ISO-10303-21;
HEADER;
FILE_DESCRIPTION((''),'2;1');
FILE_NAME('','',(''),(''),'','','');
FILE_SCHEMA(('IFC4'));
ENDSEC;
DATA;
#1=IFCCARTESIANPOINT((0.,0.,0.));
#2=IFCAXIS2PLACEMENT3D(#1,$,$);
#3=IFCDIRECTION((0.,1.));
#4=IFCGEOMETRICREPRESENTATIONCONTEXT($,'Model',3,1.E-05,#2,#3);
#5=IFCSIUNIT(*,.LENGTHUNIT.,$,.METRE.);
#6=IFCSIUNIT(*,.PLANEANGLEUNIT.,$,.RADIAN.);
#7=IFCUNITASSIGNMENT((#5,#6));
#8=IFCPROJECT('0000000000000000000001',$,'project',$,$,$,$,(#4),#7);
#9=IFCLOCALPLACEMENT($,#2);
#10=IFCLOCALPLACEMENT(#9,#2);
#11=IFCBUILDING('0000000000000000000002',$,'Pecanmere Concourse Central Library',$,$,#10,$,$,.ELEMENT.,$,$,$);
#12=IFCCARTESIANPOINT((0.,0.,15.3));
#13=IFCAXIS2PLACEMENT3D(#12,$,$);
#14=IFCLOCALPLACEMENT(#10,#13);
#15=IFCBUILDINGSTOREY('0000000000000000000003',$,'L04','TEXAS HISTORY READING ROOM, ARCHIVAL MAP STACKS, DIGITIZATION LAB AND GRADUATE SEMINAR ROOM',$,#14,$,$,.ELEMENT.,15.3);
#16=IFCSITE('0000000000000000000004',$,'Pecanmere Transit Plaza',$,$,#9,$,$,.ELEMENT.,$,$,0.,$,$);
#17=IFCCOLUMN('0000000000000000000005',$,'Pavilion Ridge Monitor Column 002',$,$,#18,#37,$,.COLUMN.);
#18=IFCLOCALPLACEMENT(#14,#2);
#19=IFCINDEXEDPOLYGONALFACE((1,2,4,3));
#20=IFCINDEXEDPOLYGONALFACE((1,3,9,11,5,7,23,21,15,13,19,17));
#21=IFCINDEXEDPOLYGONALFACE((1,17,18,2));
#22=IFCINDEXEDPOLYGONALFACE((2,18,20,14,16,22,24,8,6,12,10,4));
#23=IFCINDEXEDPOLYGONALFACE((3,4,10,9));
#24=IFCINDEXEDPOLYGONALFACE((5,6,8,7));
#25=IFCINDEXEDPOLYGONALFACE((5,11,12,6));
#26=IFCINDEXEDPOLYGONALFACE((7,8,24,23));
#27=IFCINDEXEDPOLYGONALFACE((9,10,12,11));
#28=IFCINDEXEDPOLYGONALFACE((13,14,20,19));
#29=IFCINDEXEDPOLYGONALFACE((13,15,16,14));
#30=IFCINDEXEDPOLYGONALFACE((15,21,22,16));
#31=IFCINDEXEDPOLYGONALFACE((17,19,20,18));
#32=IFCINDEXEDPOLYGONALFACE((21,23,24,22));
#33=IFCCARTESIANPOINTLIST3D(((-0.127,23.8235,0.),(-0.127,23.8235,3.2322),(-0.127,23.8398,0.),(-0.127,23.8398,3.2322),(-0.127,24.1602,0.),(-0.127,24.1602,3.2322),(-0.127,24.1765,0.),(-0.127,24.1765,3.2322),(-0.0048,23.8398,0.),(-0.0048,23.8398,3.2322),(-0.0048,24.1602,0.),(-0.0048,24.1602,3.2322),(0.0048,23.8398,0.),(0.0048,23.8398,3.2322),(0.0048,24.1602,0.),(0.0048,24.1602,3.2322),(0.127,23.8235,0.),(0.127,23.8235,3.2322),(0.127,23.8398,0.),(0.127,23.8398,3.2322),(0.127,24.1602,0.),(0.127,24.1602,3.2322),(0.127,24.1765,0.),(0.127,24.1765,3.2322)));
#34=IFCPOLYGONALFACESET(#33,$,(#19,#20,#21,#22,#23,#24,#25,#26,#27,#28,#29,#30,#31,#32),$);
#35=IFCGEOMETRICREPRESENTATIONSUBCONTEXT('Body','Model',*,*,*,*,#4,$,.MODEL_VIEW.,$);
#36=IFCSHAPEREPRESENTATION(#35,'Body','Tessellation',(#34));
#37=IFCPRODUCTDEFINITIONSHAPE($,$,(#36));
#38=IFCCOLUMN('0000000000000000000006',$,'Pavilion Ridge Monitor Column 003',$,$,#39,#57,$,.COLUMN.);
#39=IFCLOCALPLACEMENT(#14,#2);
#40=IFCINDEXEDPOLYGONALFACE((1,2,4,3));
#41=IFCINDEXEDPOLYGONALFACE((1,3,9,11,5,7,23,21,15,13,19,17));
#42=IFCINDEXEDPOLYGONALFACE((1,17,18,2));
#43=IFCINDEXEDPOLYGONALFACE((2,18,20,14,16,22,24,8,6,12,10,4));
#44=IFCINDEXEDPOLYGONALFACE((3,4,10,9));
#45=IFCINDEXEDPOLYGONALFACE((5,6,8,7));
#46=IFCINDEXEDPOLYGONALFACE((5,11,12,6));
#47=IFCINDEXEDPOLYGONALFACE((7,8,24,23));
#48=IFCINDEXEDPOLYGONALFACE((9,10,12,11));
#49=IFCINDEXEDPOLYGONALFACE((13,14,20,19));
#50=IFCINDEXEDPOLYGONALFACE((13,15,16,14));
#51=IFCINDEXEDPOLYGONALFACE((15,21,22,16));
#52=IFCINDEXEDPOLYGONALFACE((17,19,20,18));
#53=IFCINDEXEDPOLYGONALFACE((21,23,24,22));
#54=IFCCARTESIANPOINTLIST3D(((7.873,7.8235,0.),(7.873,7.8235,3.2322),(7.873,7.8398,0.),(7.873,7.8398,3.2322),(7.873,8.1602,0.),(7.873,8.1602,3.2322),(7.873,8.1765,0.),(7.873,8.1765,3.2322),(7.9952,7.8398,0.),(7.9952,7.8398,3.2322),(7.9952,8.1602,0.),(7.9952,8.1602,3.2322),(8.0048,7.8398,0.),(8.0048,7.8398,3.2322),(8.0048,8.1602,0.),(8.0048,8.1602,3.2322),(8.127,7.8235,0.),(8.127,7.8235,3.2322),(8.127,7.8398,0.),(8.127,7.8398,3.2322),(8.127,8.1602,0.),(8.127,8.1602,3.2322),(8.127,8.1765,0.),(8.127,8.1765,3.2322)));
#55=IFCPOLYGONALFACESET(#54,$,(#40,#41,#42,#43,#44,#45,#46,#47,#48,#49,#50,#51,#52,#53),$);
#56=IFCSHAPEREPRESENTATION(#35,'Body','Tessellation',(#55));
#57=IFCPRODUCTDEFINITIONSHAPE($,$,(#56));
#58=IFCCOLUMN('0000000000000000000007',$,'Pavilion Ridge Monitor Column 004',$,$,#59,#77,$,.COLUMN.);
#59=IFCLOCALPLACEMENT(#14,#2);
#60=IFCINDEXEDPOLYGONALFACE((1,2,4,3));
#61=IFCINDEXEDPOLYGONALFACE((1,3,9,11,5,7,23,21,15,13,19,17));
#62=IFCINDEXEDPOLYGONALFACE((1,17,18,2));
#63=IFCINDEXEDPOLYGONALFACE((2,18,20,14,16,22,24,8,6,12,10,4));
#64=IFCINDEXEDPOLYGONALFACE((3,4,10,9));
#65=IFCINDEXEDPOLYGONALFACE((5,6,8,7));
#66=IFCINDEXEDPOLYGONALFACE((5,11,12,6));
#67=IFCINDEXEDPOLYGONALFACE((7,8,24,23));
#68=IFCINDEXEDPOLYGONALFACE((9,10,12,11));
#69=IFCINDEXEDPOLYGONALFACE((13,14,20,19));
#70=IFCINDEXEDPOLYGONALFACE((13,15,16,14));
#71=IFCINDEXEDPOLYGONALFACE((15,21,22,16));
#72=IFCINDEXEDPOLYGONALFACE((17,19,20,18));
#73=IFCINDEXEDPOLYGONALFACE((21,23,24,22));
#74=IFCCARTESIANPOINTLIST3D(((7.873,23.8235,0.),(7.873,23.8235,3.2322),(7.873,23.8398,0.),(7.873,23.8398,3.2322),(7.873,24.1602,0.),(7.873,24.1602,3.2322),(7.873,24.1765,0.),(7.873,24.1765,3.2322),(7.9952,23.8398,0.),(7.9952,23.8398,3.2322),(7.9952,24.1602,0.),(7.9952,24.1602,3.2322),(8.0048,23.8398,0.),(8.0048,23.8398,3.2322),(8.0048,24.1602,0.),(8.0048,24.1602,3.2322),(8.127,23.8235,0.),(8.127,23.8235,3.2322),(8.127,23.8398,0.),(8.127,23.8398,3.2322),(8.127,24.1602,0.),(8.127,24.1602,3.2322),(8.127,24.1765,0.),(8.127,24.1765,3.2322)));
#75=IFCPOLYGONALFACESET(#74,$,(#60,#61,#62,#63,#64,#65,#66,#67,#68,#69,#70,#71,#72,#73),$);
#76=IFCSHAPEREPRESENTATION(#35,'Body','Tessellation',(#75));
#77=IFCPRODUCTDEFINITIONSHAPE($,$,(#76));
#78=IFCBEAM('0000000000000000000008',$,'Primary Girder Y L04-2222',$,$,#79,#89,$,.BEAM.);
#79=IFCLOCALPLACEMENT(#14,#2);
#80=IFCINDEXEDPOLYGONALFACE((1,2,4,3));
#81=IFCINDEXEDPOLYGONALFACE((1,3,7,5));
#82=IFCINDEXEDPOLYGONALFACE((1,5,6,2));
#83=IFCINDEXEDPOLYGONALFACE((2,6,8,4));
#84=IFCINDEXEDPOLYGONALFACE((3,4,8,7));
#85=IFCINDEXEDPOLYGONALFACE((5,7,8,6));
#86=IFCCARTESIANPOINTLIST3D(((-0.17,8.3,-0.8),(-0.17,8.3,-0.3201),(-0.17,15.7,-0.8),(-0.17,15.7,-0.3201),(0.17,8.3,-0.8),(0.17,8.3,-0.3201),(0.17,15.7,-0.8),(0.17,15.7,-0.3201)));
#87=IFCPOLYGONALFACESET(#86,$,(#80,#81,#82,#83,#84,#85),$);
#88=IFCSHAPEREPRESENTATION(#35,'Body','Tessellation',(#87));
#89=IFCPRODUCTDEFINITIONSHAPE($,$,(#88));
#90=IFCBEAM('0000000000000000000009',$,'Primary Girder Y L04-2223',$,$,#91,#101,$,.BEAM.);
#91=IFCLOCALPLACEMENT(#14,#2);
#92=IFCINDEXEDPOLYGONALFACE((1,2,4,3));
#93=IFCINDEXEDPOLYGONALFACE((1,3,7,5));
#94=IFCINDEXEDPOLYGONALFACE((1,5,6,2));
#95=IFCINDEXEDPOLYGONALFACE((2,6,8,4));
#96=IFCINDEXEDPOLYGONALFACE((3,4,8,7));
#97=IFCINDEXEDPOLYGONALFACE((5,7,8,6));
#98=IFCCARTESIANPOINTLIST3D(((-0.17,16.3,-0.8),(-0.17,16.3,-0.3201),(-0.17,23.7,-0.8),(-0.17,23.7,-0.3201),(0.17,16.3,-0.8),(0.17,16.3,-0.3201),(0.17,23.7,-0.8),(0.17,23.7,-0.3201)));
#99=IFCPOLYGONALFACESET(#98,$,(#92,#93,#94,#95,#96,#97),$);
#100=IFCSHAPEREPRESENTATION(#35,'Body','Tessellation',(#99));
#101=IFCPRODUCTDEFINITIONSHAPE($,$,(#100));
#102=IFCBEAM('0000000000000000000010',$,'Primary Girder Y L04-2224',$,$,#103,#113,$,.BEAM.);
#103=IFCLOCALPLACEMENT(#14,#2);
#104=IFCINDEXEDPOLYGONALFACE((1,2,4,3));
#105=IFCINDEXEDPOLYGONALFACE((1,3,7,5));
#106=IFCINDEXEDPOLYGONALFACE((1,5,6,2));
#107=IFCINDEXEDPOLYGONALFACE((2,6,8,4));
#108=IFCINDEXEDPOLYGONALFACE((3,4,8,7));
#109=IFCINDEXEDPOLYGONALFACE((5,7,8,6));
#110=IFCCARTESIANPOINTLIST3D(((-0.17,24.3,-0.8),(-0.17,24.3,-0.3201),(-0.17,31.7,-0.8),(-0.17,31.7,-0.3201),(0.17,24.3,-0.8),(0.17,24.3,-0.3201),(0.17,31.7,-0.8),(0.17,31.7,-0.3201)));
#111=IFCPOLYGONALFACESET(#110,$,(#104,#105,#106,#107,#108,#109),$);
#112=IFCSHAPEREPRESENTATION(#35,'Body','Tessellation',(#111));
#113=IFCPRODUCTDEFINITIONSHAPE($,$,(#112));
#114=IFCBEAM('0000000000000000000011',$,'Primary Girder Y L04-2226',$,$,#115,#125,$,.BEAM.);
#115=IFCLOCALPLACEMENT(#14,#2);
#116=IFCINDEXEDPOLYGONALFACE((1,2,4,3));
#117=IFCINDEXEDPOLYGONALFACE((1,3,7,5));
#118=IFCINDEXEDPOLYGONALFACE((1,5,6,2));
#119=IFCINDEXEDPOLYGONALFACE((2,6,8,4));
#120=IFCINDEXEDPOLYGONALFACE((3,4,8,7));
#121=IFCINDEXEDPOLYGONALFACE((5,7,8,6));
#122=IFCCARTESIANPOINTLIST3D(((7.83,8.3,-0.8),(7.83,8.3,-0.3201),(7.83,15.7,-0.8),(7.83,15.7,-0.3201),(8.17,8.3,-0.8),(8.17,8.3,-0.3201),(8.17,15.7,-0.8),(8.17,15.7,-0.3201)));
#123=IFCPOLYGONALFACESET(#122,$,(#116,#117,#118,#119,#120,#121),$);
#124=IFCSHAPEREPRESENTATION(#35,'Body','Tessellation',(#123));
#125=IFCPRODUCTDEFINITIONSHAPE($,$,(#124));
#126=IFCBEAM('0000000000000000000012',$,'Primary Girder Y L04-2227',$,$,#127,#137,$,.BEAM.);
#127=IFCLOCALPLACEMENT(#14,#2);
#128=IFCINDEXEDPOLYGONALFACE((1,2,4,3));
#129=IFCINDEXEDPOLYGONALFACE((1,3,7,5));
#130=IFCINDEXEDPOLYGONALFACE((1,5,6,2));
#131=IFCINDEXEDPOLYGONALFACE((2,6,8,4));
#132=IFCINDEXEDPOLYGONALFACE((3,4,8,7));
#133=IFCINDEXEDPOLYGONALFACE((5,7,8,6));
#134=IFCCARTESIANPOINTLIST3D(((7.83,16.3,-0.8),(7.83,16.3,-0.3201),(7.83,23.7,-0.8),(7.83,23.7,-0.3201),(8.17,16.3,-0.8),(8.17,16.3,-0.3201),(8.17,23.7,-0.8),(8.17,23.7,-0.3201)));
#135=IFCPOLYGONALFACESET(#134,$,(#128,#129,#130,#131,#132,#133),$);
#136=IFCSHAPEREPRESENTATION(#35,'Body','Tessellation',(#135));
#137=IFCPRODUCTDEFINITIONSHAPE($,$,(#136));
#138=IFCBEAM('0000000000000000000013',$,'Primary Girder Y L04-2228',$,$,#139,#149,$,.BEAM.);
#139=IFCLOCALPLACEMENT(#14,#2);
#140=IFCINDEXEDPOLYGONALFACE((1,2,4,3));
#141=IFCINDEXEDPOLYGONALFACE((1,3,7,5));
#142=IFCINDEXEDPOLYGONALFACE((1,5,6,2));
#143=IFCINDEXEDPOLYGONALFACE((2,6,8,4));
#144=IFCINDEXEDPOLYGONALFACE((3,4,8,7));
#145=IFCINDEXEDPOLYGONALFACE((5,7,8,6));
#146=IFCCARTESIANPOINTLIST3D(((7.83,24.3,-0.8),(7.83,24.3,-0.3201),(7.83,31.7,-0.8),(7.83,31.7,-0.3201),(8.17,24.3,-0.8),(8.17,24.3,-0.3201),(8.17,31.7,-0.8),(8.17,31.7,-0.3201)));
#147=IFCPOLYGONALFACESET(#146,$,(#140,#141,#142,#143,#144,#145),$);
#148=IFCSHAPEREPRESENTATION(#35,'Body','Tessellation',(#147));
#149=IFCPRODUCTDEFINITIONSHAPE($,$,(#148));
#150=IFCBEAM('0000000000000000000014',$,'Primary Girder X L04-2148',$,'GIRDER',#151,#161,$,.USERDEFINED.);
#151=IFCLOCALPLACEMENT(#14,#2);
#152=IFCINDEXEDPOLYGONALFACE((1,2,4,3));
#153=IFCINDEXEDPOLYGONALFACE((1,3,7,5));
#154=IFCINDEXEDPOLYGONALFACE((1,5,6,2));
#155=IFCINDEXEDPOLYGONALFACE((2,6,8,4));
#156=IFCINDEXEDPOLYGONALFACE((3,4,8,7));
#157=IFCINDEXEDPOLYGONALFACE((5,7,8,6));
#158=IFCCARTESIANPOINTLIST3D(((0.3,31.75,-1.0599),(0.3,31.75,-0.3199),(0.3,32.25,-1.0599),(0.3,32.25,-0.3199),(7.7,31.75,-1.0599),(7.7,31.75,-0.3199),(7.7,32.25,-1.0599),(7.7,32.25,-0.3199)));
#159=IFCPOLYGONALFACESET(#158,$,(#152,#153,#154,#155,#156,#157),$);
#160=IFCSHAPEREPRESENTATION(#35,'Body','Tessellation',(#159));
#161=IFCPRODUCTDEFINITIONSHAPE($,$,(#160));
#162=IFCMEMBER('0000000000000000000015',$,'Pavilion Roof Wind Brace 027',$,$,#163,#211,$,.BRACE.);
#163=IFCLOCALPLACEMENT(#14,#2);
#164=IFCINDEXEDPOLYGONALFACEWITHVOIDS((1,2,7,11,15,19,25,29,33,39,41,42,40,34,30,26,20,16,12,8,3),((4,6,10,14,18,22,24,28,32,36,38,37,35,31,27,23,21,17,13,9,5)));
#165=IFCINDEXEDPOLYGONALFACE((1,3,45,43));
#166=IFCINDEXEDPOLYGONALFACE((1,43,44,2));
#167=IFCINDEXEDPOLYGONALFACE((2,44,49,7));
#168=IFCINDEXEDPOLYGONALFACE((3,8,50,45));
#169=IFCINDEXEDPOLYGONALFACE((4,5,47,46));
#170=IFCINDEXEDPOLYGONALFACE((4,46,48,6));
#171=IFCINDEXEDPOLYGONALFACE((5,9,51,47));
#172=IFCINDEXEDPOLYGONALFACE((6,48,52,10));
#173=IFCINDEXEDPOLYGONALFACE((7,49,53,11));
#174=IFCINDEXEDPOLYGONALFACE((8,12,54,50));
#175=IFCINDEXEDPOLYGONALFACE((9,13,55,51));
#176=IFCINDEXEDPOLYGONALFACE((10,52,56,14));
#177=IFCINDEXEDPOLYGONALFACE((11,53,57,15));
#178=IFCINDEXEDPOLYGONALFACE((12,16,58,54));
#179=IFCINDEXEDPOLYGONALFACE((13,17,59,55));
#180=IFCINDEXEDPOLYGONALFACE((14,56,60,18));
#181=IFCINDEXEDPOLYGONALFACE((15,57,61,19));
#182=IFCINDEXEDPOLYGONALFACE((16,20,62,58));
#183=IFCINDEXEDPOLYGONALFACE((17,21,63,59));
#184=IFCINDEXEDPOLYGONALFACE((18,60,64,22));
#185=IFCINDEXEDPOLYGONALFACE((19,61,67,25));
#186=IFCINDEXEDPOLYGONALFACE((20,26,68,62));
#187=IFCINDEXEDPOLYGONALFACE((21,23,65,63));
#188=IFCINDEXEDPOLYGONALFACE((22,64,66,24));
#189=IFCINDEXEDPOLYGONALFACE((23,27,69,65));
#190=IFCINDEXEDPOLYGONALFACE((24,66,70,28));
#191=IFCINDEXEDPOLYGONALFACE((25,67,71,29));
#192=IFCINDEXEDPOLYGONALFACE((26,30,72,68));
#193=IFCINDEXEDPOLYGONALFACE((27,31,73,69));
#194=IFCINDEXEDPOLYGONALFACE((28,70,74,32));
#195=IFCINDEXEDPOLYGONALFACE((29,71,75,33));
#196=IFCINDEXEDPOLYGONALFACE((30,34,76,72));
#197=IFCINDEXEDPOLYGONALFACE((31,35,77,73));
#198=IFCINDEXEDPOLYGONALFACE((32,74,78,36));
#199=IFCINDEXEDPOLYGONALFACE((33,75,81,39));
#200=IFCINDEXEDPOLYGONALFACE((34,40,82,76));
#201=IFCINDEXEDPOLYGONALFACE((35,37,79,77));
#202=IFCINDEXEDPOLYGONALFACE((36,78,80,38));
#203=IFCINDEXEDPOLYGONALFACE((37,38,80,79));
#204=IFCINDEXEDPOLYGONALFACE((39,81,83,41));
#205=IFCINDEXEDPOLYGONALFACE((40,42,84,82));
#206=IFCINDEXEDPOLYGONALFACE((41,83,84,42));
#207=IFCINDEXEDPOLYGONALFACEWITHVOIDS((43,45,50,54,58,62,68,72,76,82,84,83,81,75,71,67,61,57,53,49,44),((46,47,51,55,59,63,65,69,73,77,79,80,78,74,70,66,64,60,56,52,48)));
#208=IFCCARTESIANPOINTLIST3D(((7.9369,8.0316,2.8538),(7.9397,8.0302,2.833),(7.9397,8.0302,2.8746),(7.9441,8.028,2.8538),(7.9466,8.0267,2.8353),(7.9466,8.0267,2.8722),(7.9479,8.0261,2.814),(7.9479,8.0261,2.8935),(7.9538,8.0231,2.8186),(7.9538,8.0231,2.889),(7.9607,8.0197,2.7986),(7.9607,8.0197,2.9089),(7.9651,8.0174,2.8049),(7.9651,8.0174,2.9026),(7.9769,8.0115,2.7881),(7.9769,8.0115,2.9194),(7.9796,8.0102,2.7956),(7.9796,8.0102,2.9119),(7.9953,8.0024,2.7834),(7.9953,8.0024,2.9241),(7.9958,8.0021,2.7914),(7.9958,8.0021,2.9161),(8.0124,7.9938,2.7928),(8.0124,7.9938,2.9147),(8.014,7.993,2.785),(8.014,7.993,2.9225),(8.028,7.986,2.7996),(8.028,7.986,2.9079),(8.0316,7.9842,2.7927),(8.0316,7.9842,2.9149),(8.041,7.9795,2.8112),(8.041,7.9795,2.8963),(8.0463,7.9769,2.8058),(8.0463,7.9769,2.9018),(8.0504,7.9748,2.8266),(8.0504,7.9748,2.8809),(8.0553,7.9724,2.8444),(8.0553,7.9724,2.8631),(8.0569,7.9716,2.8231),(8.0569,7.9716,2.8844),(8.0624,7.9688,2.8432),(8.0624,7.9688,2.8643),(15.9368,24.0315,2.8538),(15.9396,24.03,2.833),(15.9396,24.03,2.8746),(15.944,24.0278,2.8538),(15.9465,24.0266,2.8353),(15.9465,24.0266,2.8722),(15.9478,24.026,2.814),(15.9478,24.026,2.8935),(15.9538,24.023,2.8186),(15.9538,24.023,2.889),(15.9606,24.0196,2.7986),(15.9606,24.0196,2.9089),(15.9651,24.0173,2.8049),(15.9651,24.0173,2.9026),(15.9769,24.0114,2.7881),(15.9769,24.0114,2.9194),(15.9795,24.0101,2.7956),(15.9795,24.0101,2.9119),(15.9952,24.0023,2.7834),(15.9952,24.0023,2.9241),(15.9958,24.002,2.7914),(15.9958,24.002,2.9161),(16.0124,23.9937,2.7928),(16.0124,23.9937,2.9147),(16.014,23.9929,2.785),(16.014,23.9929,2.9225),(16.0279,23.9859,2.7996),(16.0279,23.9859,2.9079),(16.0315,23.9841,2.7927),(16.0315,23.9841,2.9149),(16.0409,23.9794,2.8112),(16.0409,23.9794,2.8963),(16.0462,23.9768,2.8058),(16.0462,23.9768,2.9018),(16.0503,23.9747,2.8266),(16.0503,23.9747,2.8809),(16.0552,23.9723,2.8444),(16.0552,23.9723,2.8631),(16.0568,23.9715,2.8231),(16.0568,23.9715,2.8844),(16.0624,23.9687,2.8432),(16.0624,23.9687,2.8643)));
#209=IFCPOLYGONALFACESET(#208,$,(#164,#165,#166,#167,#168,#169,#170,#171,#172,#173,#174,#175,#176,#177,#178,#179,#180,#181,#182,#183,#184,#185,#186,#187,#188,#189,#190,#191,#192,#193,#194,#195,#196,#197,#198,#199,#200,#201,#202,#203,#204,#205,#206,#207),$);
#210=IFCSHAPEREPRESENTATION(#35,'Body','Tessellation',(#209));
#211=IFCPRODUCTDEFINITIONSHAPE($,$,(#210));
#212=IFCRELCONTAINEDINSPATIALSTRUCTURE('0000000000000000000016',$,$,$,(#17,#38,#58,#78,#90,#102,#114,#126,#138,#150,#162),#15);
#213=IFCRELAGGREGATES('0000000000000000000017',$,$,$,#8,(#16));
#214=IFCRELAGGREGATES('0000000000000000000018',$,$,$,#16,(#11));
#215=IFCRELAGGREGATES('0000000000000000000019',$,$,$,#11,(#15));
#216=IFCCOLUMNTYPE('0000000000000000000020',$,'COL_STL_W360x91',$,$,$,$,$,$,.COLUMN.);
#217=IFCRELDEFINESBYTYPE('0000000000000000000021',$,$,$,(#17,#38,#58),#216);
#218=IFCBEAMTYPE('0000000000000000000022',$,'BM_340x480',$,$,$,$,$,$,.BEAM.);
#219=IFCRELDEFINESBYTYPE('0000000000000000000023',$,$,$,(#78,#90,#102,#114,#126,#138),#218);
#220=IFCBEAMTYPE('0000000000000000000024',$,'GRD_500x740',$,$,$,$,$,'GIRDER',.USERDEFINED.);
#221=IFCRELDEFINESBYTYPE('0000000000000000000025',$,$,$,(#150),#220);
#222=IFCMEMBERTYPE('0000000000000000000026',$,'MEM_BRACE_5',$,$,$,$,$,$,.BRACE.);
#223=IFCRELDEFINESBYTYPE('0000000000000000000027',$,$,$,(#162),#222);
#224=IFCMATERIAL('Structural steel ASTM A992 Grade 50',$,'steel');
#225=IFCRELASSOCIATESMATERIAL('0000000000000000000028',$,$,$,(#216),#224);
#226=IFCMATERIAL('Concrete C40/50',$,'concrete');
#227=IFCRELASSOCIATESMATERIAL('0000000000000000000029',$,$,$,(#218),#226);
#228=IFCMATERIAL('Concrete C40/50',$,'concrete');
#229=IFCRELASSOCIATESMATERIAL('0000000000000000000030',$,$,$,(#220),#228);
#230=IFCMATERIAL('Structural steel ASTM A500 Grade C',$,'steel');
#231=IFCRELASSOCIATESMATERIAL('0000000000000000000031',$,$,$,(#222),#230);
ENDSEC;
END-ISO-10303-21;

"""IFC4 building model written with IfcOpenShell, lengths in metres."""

from ifc_helpers import new_model, si_unit, direction, frame, origin, origin_2d, place, context, subcontext, project, spatial, rectangle, hollow_circle, i_section, extrude, material, material_profile, profile_set, type_object, element, save


model = new_model("IFC4")

# Units and contexts
model_context = context("Model", 3, precision=1e-05, world=origin(), true_north=direction((0.0, 1.0)))
body_context = subcontext(model_context, "Body", "Model", "MODEL_VIEW")
ifc_project = project(units=[si_unit("LENGTHUNIT", "METRE"), si_unit("PLANEANGLEUNIT", "RADIAN")], contexts=[model_context])

# Site, building, storey
site_placement = place(None, origin())
site = spatial("IfcSite", under=ifc_project, at=site_placement, Name="Pecanmere Transit Plaza", CompositionType="ELEMENT", RefElevation=0.0)
building_placement = place(site_placement, origin())
building = spatial("IfcBuilding", under=site, at=building_placement, Name="Pecanmere Concourse Central Library", CompositionType="ELEMENT")
storey_placement = place(building_placement, frame((0.0, 0.0, 15.3)))
storey = spatial("IfcBuildingStorey", under=building, at=storey_placement, Name="L04", Description="TEXAS HISTORY READING ROOM, ARCHIVAL MAP STACKS, DIGITIZATION LAB AND GRADUATE SEMINAR ROOM", CompositionType="ELEMENT", Elevation=15.3)

# Columns
ifc_material_1 = material(Name="Structural steel ASTM A992 Grade 50", Category="steel")
ifc_material_profile_1 = material_profile(ifc_material_1, i_section(OverallWidth=0.2539, OverallDepth=0.353, WebThickness=0.0095, FlangeThickness=0.0164, at=origin_2d()), Name="W360x91")
ifc_profile_set_1 = profile_set([ifc_material_profile_1], Name="Structural steel ASTM A992 Grade 50")
column_type = type_object("IfcColumnType", Name="COL_STL_W360x91", PredefinedType="COLUMN", material=ifc_profile_set_1)
for number, where, z_axis, x_axis, name in (
    (1, (0.0, 24.0, 0.0), (0.0, 0.0, 1.0), (1.0, 0.0, 0.0), "Pavilion Ridge Monitor Column 002"),
    (2, (8.0, 8.0, 0.0), (0.0, 0.0, 1.0), (1.0, 0.0, 0.0), "Pavilion Ridge Monitor Column 003"),
    (3, (8.0, 24.0, 0.0), (0.0, 0.0, 1.0), (1.0, 0.0, 0.0), "Pavilion Ridge Monitor Column 004"),
):
    element("IfcColumn", number, at=place(storey_placement, frame(where, z_axis=z_axis, x_axis=x_axis)), inside=storey, type_object=column_type, Name=name, PredefinedType="COLUMN", context=body_context, shape_type="SweptSolid", body=[
        extrude(i_section(OverallWidth=0.2539, OverallDepth=0.353, WebThickness=0.0095, FlangeThickness=0.0164, at=origin_2d()), origin(), (0.0, 0.0, 1.0), 3.2322),
    ])

# Beams
ifc_material_2 = material(Name="Concrete C40/50", Category="concrete")
ifc_material_profile_2 = material_profile(ifc_material_2, rectangle(XDim=0.3401, YDim=0.48, at=origin_2d()), Name="RC 340x480")
ifc_profile_set_2 = profile_set([ifc_material_profile_2], Name="Concrete C40/50")
beam_type_1 = type_object("IfcBeamType", Name="BM_340x480", PredefinedType="BEAM", material=ifc_profile_set_2)
for number, where, z_axis, x_axis, name in (
    (4, (0.0, 8.3, -0.5601), (0.0, 1.0, 0.0), (-1.0, 0.0, 0.0), "Primary Girder Y L04-2222"),
    (5, (0.0, 16.3, -0.5601), (0.0, 1.0, 0.0), (-1.0, 0.0, 0.0), "Primary Girder Y L04-2223"),
    (6, (0.0, 24.3, -0.5601), (0.0, 1.0, 0.0), (-1.0, 0.0, 0.0), "Primary Girder Y L04-2224"),
    (7, (8.0, 8.3, -0.5601), (0.0, 1.0, 0.0), (-1.0, 0.0, 0.0), "Primary Girder Y L04-2226"),
    (8, (8.0, 16.3, -0.5601), (0.0, 1.0, 0.0), (-1.0, 0.0, 0.0), "Primary Girder Y L04-2227"),
    (9, (8.0, 24.3, -0.5601), (0.0, 1.0, 0.0), (-1.0, 0.0, 0.0), "Primary Girder Y L04-2228"),
):
    element("IfcBeam", number, at=place(storey_placement, frame(where, z_axis=z_axis, x_axis=x_axis)), inside=storey, type_object=beam_type_1, Name=name, PredefinedType="BEAM", context=body_context, shape_type="SweptSolid", body=[
        extrude(rectangle(XDim=0.3401, YDim=0.48, at=origin_2d()), origin(), (0.0, 0.0, 1.0), 7.3999),
    ])
ifc_material_3 = material(Name="Concrete C40/50", Category="concrete")
ifc_material_profile_3 = material_profile(ifc_material_3, rectangle(XDim=0.5, YDim=0.74, at=origin_2d()), Name="RC 500x740")
ifc_profile_set_3 = profile_set([ifc_material_profile_3], Name="Concrete C40/50")
beam_type_2 = type_object("IfcBeamType", Name="GRD_500x740", ElementType="GIRDER", PredefinedType="USERDEFINED", material=ifc_profile_set_3)
beam_1_placement = place(storey_placement, frame((0.3, 32.0, -0.6899), z_axis=(1.0, 0.0, 0.0), x_axis=(0.0, 1.0, 0.0)))
element("IfcBeam", 10, at=beam_1_placement, inside=storey, type_object=beam_type_2, Name="Primary Girder X L04-2148", ObjectType="GIRDER", PredefinedType="USERDEFINED", context=body_context, shape_type="SweptSolid", body=[
    extrude(rectangle(XDim=0.5, YDim=0.74, at=origin_2d()), origin(), (0.0, 0.0, 1.0), 7.3999),
])

# Member
ifc_material_4 = material(Name="Structural steel ASTM A500 Grade C", Category="steel")
ifc_material_profile_4 = material_profile(ifc_material_4, hollow_circle(Radius=0.0706, WallThickness=0.0081, at=origin_2d()), Name="HSS141.3x8.0")
ifc_profile_set_4 = profile_set([ifc_material_profile_4], Name="Structural steel ASTM A500 Grade C")
member_type_1 = type_object("IfcMemberType", Name="MEM_BRACE_5", PredefinedType="BRACE", material=ifc_profile_set_4)
member_1_placement = place(storey_placement, frame((8.0, 8.0, 2.8538), z_axis=(0.447214, 0.894427, 0.0), x_axis=(-0.894427, 0.447214, 0.0)))
element("IfcMember", 11, at=member_1_placement, inside=storey, type_object=member_type_1, Name="Pavilion Roof Wind Brace 027", PredefinedType="BRACE", context=body_context, shape_type="SweptSolid", body=[
    extrude(hollow_circle(Radius=0.0706, WallThickness=0.0081, at=origin_2d()), origin(), (0.0, 0.0, 1.0), 17.8884),
])

save(model, "model.ifc")
